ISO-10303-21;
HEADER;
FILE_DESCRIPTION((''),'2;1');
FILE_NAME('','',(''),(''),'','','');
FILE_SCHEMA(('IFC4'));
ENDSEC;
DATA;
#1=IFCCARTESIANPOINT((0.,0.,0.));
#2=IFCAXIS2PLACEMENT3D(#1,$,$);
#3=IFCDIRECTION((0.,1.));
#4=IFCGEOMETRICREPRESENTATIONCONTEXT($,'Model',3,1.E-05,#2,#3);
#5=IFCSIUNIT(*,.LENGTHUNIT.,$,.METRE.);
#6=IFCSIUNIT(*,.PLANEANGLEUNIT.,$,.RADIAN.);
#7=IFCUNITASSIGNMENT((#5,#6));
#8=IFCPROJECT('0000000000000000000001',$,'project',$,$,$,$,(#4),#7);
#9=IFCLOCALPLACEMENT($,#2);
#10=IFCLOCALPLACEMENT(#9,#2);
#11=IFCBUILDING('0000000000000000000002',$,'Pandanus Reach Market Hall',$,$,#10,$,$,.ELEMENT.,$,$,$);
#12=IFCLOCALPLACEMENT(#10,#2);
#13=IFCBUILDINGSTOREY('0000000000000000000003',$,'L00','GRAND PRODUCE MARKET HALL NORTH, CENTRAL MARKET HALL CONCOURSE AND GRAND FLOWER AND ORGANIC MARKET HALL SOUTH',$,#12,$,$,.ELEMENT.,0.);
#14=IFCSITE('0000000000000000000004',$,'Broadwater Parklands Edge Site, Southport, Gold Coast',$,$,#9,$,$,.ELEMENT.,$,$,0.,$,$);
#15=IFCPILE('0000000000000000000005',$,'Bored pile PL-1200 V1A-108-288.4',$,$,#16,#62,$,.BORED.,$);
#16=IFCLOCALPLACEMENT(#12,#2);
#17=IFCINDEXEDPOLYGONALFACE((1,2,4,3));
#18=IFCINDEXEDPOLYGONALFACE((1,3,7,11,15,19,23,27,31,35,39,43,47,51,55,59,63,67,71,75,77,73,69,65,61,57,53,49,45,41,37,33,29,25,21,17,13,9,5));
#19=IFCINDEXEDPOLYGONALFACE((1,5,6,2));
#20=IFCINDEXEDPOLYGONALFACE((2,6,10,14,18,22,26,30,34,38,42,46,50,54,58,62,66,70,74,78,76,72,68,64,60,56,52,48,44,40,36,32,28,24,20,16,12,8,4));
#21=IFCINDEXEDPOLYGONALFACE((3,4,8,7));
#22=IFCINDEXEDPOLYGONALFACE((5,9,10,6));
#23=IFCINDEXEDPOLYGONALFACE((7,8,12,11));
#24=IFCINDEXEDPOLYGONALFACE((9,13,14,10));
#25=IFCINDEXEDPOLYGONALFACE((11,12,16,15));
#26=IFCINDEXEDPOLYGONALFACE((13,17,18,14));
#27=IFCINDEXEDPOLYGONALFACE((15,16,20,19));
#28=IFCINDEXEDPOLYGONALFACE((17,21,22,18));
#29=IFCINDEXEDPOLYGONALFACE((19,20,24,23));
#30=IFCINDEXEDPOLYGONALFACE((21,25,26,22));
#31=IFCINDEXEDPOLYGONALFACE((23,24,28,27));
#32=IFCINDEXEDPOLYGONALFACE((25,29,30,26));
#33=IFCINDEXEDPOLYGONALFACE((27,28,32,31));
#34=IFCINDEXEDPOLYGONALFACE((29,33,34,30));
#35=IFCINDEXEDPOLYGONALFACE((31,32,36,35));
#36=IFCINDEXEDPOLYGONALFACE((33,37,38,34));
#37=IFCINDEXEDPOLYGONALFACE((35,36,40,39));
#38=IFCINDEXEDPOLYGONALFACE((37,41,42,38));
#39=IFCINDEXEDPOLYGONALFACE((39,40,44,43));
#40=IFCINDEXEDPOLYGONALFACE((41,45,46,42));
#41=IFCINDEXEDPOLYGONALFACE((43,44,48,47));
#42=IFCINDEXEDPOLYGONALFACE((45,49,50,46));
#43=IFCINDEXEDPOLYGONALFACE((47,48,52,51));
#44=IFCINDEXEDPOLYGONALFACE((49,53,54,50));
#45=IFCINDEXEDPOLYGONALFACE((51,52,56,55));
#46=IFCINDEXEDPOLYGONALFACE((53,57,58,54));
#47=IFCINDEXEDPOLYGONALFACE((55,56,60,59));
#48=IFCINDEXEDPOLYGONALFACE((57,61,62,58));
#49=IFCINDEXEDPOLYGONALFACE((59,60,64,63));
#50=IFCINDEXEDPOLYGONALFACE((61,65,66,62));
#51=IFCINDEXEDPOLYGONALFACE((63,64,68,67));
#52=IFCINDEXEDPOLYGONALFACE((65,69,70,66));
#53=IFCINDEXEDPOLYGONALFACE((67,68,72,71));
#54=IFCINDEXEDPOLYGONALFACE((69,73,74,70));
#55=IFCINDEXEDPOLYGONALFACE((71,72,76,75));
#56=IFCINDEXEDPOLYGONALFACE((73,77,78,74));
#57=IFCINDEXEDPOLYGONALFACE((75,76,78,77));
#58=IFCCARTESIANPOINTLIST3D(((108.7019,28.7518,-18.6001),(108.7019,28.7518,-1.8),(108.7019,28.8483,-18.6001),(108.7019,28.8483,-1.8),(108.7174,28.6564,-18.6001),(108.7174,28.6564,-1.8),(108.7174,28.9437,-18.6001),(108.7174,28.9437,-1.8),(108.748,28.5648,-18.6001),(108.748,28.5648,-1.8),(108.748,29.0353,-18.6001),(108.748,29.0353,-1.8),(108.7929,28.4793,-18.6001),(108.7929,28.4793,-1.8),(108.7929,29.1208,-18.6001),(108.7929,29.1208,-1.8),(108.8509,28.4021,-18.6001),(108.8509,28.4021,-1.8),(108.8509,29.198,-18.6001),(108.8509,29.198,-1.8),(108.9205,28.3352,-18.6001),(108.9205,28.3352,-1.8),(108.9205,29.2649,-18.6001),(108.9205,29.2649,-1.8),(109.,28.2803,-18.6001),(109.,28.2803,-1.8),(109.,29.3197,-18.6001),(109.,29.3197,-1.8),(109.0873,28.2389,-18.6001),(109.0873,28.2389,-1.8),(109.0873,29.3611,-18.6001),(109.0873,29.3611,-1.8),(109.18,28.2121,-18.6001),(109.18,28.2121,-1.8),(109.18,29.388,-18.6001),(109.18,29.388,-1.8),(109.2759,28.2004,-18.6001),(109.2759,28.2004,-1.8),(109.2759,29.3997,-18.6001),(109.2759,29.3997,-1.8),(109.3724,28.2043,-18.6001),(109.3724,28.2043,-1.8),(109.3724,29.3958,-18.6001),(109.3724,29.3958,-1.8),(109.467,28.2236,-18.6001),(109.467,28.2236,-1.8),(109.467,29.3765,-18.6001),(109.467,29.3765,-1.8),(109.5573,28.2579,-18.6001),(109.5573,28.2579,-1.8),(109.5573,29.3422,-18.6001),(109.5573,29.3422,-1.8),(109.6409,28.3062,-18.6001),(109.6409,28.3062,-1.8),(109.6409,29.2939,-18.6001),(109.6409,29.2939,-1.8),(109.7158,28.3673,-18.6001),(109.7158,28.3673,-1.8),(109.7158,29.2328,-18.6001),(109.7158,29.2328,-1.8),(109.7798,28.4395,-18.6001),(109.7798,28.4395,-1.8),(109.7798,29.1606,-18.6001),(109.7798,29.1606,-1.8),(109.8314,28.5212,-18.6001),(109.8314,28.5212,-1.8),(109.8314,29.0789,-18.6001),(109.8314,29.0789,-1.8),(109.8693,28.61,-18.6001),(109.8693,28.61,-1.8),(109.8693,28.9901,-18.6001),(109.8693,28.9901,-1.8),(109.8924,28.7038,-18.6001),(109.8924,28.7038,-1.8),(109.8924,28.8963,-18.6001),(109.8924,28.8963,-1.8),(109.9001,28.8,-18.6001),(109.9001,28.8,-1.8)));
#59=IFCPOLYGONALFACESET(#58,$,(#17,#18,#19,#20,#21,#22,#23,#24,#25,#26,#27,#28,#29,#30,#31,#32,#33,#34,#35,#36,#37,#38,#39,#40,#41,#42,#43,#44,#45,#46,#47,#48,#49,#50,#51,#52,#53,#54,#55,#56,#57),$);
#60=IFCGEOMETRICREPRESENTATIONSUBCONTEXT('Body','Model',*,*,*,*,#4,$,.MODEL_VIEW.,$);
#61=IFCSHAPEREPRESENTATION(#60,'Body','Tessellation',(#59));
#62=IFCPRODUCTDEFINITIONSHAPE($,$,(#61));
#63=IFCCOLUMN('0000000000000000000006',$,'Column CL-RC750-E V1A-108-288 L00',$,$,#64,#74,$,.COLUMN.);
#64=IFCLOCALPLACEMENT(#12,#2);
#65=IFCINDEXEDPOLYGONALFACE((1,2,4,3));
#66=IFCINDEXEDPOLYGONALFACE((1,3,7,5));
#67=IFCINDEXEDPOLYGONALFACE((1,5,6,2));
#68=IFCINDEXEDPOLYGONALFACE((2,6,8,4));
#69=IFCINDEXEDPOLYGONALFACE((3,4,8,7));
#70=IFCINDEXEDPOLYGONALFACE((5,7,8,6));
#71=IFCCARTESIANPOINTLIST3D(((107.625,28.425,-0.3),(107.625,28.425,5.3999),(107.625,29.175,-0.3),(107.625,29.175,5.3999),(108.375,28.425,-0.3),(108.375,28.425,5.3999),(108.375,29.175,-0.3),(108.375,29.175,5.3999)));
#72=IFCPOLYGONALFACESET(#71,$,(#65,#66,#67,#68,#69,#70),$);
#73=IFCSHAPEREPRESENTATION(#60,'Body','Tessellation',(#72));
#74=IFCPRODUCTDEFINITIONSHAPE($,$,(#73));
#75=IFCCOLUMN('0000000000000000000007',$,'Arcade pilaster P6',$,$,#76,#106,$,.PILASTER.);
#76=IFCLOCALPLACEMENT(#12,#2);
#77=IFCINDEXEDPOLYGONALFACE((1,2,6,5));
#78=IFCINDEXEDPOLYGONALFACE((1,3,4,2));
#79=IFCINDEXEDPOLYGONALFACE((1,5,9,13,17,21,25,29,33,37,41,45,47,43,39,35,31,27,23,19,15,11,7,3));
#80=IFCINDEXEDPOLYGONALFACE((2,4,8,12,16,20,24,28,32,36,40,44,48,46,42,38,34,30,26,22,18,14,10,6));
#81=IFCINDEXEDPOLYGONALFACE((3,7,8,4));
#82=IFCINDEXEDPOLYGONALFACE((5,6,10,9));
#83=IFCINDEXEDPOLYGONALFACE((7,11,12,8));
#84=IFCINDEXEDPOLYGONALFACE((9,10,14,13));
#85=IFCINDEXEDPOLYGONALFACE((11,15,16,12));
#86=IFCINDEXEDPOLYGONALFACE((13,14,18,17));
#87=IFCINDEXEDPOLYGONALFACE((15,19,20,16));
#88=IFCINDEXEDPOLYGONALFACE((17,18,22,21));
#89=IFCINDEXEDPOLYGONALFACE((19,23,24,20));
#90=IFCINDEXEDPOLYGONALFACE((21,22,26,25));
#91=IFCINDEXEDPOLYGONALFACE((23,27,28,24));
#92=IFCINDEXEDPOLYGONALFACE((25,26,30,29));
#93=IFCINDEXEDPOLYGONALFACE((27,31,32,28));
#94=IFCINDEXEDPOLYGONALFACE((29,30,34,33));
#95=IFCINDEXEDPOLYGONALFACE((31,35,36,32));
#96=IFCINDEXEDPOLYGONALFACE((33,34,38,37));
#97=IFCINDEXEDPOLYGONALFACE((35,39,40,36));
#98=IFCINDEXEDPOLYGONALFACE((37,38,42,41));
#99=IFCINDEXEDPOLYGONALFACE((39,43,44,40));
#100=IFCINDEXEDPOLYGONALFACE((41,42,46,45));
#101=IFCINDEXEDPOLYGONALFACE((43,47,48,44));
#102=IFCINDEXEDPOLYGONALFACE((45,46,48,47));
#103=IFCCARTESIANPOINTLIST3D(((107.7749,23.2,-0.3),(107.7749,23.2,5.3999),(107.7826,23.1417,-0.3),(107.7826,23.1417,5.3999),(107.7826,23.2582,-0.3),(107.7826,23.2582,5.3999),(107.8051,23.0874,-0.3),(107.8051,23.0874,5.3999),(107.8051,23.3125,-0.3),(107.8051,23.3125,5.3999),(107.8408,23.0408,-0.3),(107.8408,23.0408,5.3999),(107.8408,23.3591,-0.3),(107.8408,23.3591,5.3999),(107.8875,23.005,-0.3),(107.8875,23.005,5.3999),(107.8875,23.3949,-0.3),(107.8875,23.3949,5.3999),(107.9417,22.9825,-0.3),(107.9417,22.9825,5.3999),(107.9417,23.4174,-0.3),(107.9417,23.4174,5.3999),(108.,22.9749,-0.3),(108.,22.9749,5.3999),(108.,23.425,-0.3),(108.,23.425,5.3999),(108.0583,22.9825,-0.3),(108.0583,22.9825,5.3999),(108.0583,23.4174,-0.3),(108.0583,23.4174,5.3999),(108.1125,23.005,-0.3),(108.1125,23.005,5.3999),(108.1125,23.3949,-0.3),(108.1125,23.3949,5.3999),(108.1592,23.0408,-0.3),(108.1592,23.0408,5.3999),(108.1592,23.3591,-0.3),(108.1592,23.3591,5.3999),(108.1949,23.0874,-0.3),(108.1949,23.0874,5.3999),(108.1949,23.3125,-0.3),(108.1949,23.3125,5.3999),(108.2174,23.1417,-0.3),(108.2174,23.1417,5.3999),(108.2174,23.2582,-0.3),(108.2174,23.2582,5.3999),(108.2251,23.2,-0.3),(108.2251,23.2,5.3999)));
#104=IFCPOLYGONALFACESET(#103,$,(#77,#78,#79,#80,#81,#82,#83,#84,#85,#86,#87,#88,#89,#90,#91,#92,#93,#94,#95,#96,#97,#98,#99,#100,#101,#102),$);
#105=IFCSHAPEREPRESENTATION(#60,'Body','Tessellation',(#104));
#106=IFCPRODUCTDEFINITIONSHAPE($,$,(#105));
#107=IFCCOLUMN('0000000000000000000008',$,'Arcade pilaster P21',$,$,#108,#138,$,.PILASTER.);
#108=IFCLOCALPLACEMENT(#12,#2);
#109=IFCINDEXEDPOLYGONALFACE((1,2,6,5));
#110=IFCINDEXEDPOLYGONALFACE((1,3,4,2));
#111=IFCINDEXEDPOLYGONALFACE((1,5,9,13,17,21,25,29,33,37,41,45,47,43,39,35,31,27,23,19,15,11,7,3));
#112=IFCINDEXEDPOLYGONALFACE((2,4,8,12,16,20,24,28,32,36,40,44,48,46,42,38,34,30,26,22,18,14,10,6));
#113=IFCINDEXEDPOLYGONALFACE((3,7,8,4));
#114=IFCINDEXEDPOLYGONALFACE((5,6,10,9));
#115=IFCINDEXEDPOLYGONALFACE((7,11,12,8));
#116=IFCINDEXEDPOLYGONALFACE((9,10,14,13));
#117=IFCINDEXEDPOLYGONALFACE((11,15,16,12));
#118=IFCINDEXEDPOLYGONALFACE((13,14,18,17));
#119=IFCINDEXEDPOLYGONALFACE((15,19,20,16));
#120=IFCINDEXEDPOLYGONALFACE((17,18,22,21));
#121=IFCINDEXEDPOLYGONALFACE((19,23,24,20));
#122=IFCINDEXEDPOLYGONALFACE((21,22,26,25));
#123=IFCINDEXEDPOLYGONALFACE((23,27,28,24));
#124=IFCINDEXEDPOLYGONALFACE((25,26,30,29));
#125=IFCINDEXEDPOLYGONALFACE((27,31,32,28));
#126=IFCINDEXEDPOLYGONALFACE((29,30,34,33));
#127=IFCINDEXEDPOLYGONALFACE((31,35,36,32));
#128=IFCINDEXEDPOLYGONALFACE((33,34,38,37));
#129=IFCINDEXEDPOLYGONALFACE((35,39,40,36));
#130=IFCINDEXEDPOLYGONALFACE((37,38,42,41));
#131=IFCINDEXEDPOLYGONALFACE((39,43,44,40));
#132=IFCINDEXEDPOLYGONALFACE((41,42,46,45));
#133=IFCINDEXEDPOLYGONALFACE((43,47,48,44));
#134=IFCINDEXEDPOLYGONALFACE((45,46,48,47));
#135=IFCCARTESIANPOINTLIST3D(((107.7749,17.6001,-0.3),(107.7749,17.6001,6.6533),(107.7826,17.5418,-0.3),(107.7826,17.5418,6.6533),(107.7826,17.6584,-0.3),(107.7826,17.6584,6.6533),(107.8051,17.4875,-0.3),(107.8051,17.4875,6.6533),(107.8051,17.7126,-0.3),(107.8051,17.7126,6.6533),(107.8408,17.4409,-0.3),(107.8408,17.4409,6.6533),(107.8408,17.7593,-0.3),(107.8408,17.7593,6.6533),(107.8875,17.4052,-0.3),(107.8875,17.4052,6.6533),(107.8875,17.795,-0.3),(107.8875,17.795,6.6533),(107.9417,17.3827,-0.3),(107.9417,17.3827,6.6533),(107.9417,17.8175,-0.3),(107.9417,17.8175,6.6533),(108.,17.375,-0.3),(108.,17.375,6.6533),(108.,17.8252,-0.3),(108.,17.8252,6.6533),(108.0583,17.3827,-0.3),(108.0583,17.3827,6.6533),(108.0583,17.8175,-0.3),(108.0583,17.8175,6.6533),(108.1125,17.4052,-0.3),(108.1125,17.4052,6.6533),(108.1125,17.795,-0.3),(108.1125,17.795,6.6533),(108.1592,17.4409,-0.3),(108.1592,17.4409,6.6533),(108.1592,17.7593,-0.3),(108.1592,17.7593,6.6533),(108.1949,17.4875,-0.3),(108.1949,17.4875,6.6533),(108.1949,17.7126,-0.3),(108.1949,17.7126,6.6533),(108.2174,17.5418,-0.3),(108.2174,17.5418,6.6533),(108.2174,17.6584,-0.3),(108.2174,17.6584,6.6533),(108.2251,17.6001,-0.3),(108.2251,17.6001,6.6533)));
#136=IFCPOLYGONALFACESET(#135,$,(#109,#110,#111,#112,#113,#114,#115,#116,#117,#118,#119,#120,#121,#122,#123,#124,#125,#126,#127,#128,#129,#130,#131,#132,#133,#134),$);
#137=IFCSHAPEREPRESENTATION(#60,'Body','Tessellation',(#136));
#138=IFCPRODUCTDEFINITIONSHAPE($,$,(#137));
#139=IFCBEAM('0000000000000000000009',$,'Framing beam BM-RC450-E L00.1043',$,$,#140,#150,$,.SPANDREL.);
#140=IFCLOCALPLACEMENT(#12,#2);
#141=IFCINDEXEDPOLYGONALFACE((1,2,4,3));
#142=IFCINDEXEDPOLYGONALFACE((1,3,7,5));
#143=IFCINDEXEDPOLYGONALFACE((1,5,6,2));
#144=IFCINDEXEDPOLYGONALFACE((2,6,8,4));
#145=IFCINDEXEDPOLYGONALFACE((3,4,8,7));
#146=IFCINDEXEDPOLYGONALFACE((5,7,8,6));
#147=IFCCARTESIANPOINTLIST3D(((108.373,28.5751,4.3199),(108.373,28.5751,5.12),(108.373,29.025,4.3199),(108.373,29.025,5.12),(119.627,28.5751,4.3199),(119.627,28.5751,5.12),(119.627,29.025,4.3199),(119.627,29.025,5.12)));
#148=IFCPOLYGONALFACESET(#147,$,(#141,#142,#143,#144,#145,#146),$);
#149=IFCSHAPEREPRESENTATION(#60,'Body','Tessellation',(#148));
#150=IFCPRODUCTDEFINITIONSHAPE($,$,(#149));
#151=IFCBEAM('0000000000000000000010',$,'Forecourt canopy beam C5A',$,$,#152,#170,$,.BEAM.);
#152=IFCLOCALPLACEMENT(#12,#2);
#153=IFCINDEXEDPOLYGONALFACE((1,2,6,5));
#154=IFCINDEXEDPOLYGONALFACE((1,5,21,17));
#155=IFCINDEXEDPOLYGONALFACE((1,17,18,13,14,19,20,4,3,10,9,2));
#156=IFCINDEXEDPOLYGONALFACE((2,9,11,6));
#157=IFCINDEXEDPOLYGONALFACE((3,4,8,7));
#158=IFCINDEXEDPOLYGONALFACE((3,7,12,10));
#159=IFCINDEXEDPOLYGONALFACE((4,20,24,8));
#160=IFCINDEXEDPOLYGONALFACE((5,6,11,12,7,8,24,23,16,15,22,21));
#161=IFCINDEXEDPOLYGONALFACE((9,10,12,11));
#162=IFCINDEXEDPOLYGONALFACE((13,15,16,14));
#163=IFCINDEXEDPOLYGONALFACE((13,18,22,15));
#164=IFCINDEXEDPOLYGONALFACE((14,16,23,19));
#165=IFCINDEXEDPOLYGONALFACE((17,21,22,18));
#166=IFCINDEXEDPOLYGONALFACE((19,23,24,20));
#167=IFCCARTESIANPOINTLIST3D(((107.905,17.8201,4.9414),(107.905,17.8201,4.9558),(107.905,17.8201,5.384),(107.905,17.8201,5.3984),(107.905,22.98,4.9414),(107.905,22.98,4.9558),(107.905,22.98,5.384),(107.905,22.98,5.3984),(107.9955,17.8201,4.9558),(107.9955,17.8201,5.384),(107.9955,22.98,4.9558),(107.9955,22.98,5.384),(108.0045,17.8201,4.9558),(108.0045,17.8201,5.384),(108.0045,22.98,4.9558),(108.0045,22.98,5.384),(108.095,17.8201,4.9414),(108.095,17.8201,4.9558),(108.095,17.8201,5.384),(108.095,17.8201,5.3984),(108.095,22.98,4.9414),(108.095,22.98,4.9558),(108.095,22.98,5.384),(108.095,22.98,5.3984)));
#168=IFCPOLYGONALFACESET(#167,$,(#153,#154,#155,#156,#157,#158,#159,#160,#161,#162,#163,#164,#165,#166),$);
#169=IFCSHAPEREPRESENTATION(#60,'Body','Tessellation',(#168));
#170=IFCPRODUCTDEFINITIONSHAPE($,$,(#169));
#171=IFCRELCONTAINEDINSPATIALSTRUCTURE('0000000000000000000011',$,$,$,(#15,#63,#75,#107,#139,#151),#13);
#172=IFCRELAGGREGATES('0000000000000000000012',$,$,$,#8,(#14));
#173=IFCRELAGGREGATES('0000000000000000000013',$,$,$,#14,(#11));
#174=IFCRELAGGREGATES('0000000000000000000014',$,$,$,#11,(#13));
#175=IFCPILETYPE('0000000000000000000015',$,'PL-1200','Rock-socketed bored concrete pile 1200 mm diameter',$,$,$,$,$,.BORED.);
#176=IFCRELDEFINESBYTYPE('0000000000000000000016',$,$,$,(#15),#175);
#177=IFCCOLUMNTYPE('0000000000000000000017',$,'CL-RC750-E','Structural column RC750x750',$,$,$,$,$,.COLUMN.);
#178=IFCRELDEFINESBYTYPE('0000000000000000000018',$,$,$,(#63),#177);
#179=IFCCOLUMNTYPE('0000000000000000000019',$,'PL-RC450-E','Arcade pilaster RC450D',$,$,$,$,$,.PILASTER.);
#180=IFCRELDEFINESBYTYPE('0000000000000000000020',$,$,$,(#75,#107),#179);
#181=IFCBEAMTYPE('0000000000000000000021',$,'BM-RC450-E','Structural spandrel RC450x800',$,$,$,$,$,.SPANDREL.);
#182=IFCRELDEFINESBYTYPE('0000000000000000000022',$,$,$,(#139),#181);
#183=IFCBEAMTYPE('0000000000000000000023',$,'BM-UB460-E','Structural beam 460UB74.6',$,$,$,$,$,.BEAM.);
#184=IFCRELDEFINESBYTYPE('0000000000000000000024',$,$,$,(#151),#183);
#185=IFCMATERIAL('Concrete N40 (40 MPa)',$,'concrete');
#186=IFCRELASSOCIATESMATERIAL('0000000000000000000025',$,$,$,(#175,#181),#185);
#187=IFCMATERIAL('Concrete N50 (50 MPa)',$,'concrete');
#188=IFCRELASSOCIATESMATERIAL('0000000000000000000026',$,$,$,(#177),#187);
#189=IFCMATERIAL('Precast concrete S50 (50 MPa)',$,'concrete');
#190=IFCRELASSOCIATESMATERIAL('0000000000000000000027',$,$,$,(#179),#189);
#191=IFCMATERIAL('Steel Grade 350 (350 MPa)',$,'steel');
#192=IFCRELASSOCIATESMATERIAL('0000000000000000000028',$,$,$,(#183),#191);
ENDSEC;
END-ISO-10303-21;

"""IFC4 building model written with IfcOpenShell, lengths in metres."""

from ifc_helpers import new_model, si_unit, direction, frame, origin, origin_2d, place, context, subcontext, project, spatial, rectangle, circle, i_section, extrude, material, material_profile, profile_set, type_object, element, save


model = new_model("IFC4")

# Units and contexts
model_context = context("Model", 3, precision=1e-05, world=origin(), true_north=direction((0.0, 1.0)))
body_context = subcontext(model_context, "Body", "Model", "MODEL_VIEW")
ifc_project = project(units=[si_unit("LENGTHUNIT", "METRE"), si_unit("PLANEANGLEUNIT", "RADIAN")], contexts=[model_context])

# Site, building, storey
site_placement = place(None, origin())
site = spatial("IfcSite", under=ifc_project, at=site_placement, Name="Broadwater Parklands Edge Site, Southport, Gold Coast", CompositionType="ELEMENT", RefElevation=0.0)
building_placement = place(site_placement, origin())
building = spatial("IfcBuilding", under=site, at=building_placement, Name="Pandanus Reach Market Hall", CompositionType="ELEMENT")
storey_placement = place(building_placement, origin())
storey = spatial("IfcBuildingStorey", under=building, at=storey_placement, Name="L00", Description="GRAND PRODUCE MARKET HALL NORTH, CENTRAL MARKET HALL CONCOURSE AND GRAND FLOWER AND ORGANIC MARKET HALL SOUTH", CompositionType="ELEMENT", Elevation=0.0)

# Shared definitions
ifc_material_1 = material(Name="Concrete N40 (40 MPa)", Category="concrete")

# Pile
ifc_material_profile_1 = material_profile(ifc_material_1, circle(Radius=0.6001, at=origin_2d()), Name="PILE-1200D", Category="LoadBearing")
ifc_profile_set_1 = profile_set([ifc_material_profile_1], Name="Concrete N40 (40 MPa)")
pile_type = type_object("IfcPileType", Name="PL-1200", Description="Rock-socketed bored concrete pile 1200 mm diameter", PredefinedType="BORED", material=ifc_profile_set_1)
for number, where, z_axis, x_axis, name in (
    (1, (109.3, 28.8, -1.8), (0.0, 0.0, -1.0), (1.0, 0.0, 0.0), "Bored pile PL-1200 V1A-108-288.4"),
):
    element("IfcPile", number, at=place(storey_placement, frame(where, z_axis=z_axis, x_axis=x_axis)), inside=storey, type_object=pile_type, Name=name, PredefinedType="BORED", context=body_context, shape_type="SweptSolid", body=[
        extrude(circle(Radius=0.6001, at=origin_2d()), origin(), (0.0, 0.0, 1.0), 16.8),
    ])

# Columns
ifc_material_2 = material(Name="Concrete N50 (50 MPa)", Category="concrete")
ifc_material_profile_2 = material_profile(ifc_material_2, rectangle(XDim=0.75, YDim=0.75, at=origin_2d()), Name="RC750x750", Category="LoadBearing")
ifc_profile_set_2 = profile_set([ifc_material_profile_2], Name="Concrete N50 (50 MPa)")
column_type_1 = type_object("IfcColumnType", Name="CL-RC750-E", Description="Structural column RC750x750", PredefinedType="COLUMN", material=ifc_profile_set_2)
column_1_placement = place(storey_placement, frame((108.0, 28.8, -0.3), z_axis=(0.0, 0.0, 1.0), x_axis=(1.0, 0.0, 0.0)))
element("IfcColumn", 2, at=column_1_placement, inside=storey, type_object=column_type_1, Name="Column CL-RC750-E V1A-108-288 L00", PredefinedType="COLUMN", context=body_context, shape_type="SweptSolid", body=[
    extrude(rectangle(XDim=0.75, YDim=0.75, at=origin_2d()), origin(), (0.0, 0.0, 1.0), 5.7),
])
ifc_material_3 = material(Name="Precast concrete S50 (50 MPa)", Category="concrete")
ifc_material_profile_3 = material_profile(ifc_material_3, circle(Radius=0.2251, at=origin_2d()), Name="RC450D", Category="LoadBearing")
ifc_profile_set_3 = profile_set([ifc_material_profile_3], Name="Precast concrete S50 (50 MPa)")
column_type_2 = type_object("IfcColumnType", Name="PL-RC450-E", Description="Arcade pilaster RC450D", PredefinedType="PILASTER", material=ifc_profile_set_3)
column_2_placement = place(storey_placement, frame((108.0, 23.2, -0.3), z_axis=(0.0, 0.0, 1.0), x_axis=(1.0, 0.0, 0.0)))
element("IfcColumn", 3, at=column_2_placement, inside=storey, type_object=column_type_2, Name="Arcade pilaster P6", PredefinedType="PILASTER", context=body_context, shape_type="SweptSolid", body=[
    extrude(circle(Radius=0.2251, at=origin_2d()), origin(), (0.0, 0.0, 1.0), 5.7),
])
column_3_placement = place(storey_placement, frame((108.0, 17.6001, -0.3), z_axis=(0.0, 0.0, 1.0), x_axis=(1.0, 0.0, 0.0)))
element("IfcColumn", 4, at=column_3_placement, inside=storey, type_object=column_type_2, Name="Arcade pilaster P21", PredefinedType="PILASTER", context=body_context, shape_type="SweptSolid", body=[
    extrude(circle(Radius=0.2251, at=origin_2d()), origin(), (0.0, 0.0, 1.0), 6.9534),
])

# Beams
ifc_material_profile_4 = material_profile(ifc_material_1, rectangle(XDim=0.45, YDim=0.8, at=origin_2d()), Name="RC450x800", Category="LoadBearing")
ifc_profile_set_4 = profile_set([ifc_material_profile_4], Name="Concrete N40 (40 MPa)")
beam_type_1 = type_object("IfcBeamType", Name="BM-RC450-E", Description="Structural spandrel RC450x800", PredefinedType="SPANDREL", material=ifc_profile_set_4)
beam_1_placement = place(storey_placement, frame((108.373, 28.8, 4.72), z_axis=(1.0, 0.0, 0.0), x_axis=(0.0, 1.0, 0.0)))
element("IfcBeam", 5, at=beam_1_placement, inside=storey, type_object=beam_type_1, Name="Framing beam BM-RC450-E L00.1043", PredefinedType="SPANDREL", context=body_context, shape_type="SweptSolid", body=[
    extrude(rectangle(XDim=0.45, YDim=0.8, at=origin_2d()), origin(), (0.0, 0.0, 1.0), 11.2539),
])
ifc_material_4 = material(Name="Steel Grade 350 (350 MPa)", Category="steel")
ifc_material_profile_5 = material_profile(ifc_material_4, i_section(OverallWidth=0.1899, OverallDepth=0.457, WebThickness=0.009, FlangeThickness=0.0144, at=origin_2d()), Name="460UB74.6", Category="LoadBearing")
ifc_profile_set_5 = profile_set([ifc_material_profile_5], Name="Steel Grade 350 (350 MPa)")
beam_type_2 = type_object("IfcBeamType", Name="BM-UB460-E", Description="Structural beam 460UB74.6", PredefinedType="BEAM", material=ifc_profile_set_5)
beam_2_placement = place(storey_placement, frame((108.0, 17.8201, 5.1699), z_axis=(0.0, 1.0, 0.0), x_axis=(-1.0, 0.0, 0.0)))
element("IfcBeam", 6, at=beam_2_placement, inside=storey, type_object=beam_type_2, Name="Forecourt canopy beam C5A", PredefinedType="BEAM", context=body_context, shape_type="SweptSolid", body=[
    extrude(i_section(OverallWidth=0.1899, OverallDepth=0.457, WebThickness=0.009, FlangeThickness=0.0144, at=origin_2d()), origin(), (0.0, 0.0, 1.0), 5.1599),
])

save(model, "model.ifc")
